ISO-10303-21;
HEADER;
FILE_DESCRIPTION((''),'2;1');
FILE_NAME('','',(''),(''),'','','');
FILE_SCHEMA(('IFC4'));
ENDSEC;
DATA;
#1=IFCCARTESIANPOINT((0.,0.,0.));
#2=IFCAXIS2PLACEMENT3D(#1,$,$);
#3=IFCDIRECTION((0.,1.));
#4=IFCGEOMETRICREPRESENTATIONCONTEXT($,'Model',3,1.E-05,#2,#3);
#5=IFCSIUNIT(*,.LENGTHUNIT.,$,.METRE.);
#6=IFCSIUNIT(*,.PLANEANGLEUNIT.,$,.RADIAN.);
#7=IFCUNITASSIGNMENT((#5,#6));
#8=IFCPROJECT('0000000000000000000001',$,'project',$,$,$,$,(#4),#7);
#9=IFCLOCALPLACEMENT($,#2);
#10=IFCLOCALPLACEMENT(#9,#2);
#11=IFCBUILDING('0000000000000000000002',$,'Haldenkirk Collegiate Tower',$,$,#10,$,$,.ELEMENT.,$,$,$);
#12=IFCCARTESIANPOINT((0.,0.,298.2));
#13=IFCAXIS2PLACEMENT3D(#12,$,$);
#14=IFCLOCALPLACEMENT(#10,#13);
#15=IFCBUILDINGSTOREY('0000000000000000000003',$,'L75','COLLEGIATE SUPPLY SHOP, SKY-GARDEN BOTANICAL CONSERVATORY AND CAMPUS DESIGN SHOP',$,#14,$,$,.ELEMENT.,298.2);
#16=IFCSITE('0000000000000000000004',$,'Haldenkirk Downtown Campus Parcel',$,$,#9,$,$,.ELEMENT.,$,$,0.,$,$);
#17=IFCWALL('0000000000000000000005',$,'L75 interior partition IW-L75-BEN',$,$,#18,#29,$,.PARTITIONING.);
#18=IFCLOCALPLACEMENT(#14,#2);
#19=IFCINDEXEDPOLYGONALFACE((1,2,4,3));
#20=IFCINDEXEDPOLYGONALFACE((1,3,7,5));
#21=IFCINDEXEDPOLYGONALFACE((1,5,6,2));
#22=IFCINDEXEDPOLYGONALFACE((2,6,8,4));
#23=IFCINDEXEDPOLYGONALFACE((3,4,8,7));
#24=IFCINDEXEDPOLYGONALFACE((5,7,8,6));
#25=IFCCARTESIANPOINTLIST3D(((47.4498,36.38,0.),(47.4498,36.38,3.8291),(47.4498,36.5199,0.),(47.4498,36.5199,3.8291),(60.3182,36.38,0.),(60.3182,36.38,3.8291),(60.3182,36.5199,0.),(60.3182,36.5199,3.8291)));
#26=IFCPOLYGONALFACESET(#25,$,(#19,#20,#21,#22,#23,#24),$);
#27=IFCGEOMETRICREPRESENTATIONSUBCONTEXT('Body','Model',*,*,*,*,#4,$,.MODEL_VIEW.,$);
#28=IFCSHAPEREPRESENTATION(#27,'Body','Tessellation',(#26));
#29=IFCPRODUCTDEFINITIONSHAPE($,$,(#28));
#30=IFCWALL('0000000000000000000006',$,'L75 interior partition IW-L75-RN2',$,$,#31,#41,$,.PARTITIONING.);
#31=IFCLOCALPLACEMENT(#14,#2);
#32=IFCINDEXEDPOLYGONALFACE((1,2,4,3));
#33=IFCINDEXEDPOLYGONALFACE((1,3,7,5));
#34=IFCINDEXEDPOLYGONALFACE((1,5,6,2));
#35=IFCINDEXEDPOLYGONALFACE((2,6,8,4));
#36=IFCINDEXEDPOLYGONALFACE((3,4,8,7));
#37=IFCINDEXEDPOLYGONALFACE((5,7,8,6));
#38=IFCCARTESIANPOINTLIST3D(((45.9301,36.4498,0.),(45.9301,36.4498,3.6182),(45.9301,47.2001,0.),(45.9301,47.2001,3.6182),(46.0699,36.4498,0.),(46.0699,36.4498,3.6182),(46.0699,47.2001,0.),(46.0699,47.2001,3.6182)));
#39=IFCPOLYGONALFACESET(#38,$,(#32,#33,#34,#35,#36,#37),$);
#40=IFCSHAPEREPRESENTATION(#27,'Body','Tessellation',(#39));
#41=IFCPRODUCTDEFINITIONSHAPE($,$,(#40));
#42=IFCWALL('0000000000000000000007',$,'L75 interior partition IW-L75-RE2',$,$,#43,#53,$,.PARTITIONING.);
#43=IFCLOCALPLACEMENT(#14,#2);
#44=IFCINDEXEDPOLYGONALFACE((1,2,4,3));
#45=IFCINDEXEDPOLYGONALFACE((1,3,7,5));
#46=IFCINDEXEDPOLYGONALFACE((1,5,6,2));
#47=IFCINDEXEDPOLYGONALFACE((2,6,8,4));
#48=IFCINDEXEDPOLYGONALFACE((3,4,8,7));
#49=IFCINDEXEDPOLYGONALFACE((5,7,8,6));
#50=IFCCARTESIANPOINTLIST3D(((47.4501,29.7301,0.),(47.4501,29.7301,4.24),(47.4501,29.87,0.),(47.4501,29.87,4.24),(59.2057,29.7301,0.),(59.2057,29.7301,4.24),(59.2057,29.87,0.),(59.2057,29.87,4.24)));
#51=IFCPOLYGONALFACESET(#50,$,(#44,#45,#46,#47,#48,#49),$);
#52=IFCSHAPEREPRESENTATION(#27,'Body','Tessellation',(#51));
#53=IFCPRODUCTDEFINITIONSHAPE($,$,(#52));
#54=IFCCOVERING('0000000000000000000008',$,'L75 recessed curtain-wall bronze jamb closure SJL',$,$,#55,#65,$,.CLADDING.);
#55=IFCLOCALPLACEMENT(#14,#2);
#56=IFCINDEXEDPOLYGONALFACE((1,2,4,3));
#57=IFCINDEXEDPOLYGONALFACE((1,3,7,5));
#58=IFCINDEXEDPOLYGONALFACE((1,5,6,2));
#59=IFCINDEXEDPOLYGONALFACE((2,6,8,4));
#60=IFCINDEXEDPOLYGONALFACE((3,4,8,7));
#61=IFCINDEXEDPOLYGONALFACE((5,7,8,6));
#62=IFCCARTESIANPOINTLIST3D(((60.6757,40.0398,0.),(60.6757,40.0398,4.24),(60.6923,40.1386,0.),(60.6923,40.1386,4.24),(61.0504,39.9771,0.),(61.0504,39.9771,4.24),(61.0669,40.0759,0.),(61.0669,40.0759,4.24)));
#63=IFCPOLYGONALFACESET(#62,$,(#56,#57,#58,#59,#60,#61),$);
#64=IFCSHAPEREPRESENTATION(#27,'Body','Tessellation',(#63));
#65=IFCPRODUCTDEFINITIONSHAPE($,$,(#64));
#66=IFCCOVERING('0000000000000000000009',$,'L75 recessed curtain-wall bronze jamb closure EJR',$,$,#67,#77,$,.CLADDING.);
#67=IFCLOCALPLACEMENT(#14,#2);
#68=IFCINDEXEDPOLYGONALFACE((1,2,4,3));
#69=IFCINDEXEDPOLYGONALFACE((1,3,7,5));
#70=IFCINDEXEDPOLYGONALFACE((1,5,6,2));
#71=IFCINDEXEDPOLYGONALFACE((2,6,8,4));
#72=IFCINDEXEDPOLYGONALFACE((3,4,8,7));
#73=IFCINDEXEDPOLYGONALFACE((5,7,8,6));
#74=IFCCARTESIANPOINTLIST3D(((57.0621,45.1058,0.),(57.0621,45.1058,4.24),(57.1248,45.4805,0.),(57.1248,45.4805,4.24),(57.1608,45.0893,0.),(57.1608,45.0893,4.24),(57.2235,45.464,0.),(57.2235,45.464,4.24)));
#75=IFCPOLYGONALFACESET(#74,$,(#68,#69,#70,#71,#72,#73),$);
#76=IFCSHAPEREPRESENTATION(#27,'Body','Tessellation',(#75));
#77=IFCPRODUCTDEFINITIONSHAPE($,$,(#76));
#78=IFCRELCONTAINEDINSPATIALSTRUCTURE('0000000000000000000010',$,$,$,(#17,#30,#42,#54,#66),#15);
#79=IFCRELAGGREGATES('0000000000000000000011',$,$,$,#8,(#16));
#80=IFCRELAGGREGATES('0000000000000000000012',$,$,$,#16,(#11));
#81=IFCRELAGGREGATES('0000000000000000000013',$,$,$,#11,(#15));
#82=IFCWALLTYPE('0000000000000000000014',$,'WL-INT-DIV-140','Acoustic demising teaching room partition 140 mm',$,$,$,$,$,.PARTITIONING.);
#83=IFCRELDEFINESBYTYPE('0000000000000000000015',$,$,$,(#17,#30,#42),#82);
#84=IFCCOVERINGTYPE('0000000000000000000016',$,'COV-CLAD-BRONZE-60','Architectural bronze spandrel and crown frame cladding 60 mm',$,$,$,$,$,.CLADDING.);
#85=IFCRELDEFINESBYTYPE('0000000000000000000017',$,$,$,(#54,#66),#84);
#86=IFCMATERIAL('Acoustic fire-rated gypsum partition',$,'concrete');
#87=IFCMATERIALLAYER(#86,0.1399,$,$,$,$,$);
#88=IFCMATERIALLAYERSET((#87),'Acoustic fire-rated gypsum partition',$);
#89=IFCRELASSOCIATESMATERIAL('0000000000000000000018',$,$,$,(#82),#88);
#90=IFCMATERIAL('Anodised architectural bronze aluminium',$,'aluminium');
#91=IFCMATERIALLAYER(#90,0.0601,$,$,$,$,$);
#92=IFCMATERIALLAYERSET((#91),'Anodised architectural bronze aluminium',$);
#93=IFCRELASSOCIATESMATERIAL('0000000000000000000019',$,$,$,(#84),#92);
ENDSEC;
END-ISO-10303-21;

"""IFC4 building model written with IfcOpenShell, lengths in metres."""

from ifc_helpers import new_model, si_unit, direction, frame, frame_2d, origin, origin_2d, place, context, subcontext, project, spatial, rectangle, extrude, source, transform, mapped, material, layer, layer_set, type_object, element, save


model = new_model("IFC4")

# Units and contexts
model_context = context("Model", 3, precision=1e-05, world=origin(), true_north=direction((0.0, 1.0)))
body_context = subcontext(model_context, "Body", "Model", "MODEL_VIEW")
ifc_project = project(units=[si_unit("LENGTHUNIT", "METRE"), si_unit("PLANEANGLEUNIT", "RADIAN")], contexts=[model_context])

# Site, building, storey
site_placement = place(None, origin())
site = spatial("IfcSite", under=ifc_project, at=site_placement, Name="Haldenkirk Downtown Campus Parcel", CompositionType="ELEMENT", RefElevation=0.0)
building_placement = place(site_placement, origin())
building = spatial("IfcBuilding", under=site, at=building_placement, Name="Haldenkirk Collegiate Tower", CompositionType="ELEMENT")
storey_placement = place(building_placement, frame((0.0, 0.0, 298.2)))
storey = spatial("IfcBuildingStorey", under=building, at=storey_placement, Name="L75", Description="COLLEGIATE SUPPLY SHOP, SKY-GARDEN BOTANICAL CONSERVATORY AND CAMPUS DESIGN SHOP", CompositionType="ELEMENT", Elevation=298.2)

# Shared definitions
ifc_material_1 = material(Name="Anodised architectural bronze aluminium", Category="aluminium")

# Shared definitions
ifc_material_2 = material(Name="Acoustic fire-rated gypsum partition", Category="concrete")

# Walls
ifc_layer_1 = layer(ifc_material_2, 0.1399)
ifc_layer_set_1 = layer_set([ifc_layer_1], Name="Acoustic fire-rated gypsum partition")
wall_type_1 = type_object("IfcWallType", Name="WL-INT-DIV-140", Description="Acoustic demising teaching room partition 140 mm", PredefinedType="PARTITIONING", material=ifc_layer_set_1)
wall_1_placement = place(storey_placement, frame((47.45, 36.45, 0.0), z_axis=(0.0, 0.0, 1.0), x_axis=(1.0, 0.0, 0.0)))
element("IfcWall", 1, at=wall_1_placement, inside=storey, type_object=wall_type_1, Name="L75 interior partition IW-L75-BEN", PredefinedType="PARTITIONING", context=body_context, shape_type="SweptSolid", body=[
    extrude(rectangle(XDim=12.8684, YDim=0.1399, at=frame_2d((6.4341, 0.0))), origin(), (0.0, 0.0, 1.0), 3.8291),
])
wall_2_placement = place(storey_placement, frame((46.0, 36.45, 0.0), z_axis=(0.0, 0.0, 1.0), x_axis=(0.0, 1.0, 0.0)))
element("IfcWall", 2, at=wall_2_placement, inside=storey, type_object=wall_type_1, Name="L75 interior partition IW-L75-RN2", PredefinedType="PARTITIONING", context=body_context, shape_type="SweptSolid", body=[
    extrude(rectangle(XDim=10.7502, YDim=0.1399, at=frame_2d((5.375, 0.0))), origin(), (0.0, 0.0, 1.0), 3.6182),
])
wall_3_placement = place(storey_placement, frame((47.45, 29.8, 0.0), z_axis=(0.0, 0.0, 1.0), x_axis=(1.0, 0.0, 0.0)))
element("IfcWall", 3, at=wall_3_placement, inside=storey, type_object=wall_type_1, Name="L75 interior partition IW-L75-RE2", PredefinedType="PARTITIONING", context=body_context, shape_type="SweptSolid", body=[
    extrude(rectangle(XDim=11.7556, YDim=0.1399, at=frame_2d((5.8779, 0.0))), origin(), (0.0, 0.0, 1.0), 4.24),
])

# Coverings
ifc_layer_2 = layer(ifc_material_1, 0.0601)
ifc_layer_set_2 = layer_set([ifc_layer_2], Name="Anodised architectural bronze aluminium")
covering_type = type_object("IfcCoveringType", Name="COV-CLAD-BRONZE-60", Description="Architectural bronze spandrel and crown frame cladding 60 mm", PredefinedType="CLADDING", material=ifc_layer_set_2)
shared_shape_1 = source(origin(), body_context, "Body", "SweptSolid", [
    extrude(rectangle(XDim=0.1001, YDim=0.3799, at=origin_2d()), origin(), (0.0, 0.0, 1.0), 4.24),
])
for number, where, z_axis, x_axis, name in (
    (4, (60.8713, 40.0579, 0.0), (0.0, 0.0, 1.0), (-0.165048, -0.986286, 0.0), "L75 recessed curtain-wall bronze jamb closure SJL"),
    (5, (57.1428, 45.2849, 0.0), (0.0, 0.0, 1.0), (0.986286, -0.165048, 0.0), "L75 recessed curtain-wall bronze jamb closure EJR"),
):
    element("IfcCovering", number, at=place(storey_placement, frame(where, z_axis=z_axis, x_axis=x_axis)), inside=storey, type_object=covering_type, Name=name, PredefinedType="CLADDING", context=body_context, shape_type="MappedRepresentation", body=[
        mapped(shared_shape_1, transform((0.0, 0.0, 0.0), x_axis=(1.0, 0.0, 0.0), y_axis=(0.0, 1.0, 0.0), z_axis=(0.0, 0.0, 1.0), scale=1.0)),
    ])

save(model, "model.ifc")
